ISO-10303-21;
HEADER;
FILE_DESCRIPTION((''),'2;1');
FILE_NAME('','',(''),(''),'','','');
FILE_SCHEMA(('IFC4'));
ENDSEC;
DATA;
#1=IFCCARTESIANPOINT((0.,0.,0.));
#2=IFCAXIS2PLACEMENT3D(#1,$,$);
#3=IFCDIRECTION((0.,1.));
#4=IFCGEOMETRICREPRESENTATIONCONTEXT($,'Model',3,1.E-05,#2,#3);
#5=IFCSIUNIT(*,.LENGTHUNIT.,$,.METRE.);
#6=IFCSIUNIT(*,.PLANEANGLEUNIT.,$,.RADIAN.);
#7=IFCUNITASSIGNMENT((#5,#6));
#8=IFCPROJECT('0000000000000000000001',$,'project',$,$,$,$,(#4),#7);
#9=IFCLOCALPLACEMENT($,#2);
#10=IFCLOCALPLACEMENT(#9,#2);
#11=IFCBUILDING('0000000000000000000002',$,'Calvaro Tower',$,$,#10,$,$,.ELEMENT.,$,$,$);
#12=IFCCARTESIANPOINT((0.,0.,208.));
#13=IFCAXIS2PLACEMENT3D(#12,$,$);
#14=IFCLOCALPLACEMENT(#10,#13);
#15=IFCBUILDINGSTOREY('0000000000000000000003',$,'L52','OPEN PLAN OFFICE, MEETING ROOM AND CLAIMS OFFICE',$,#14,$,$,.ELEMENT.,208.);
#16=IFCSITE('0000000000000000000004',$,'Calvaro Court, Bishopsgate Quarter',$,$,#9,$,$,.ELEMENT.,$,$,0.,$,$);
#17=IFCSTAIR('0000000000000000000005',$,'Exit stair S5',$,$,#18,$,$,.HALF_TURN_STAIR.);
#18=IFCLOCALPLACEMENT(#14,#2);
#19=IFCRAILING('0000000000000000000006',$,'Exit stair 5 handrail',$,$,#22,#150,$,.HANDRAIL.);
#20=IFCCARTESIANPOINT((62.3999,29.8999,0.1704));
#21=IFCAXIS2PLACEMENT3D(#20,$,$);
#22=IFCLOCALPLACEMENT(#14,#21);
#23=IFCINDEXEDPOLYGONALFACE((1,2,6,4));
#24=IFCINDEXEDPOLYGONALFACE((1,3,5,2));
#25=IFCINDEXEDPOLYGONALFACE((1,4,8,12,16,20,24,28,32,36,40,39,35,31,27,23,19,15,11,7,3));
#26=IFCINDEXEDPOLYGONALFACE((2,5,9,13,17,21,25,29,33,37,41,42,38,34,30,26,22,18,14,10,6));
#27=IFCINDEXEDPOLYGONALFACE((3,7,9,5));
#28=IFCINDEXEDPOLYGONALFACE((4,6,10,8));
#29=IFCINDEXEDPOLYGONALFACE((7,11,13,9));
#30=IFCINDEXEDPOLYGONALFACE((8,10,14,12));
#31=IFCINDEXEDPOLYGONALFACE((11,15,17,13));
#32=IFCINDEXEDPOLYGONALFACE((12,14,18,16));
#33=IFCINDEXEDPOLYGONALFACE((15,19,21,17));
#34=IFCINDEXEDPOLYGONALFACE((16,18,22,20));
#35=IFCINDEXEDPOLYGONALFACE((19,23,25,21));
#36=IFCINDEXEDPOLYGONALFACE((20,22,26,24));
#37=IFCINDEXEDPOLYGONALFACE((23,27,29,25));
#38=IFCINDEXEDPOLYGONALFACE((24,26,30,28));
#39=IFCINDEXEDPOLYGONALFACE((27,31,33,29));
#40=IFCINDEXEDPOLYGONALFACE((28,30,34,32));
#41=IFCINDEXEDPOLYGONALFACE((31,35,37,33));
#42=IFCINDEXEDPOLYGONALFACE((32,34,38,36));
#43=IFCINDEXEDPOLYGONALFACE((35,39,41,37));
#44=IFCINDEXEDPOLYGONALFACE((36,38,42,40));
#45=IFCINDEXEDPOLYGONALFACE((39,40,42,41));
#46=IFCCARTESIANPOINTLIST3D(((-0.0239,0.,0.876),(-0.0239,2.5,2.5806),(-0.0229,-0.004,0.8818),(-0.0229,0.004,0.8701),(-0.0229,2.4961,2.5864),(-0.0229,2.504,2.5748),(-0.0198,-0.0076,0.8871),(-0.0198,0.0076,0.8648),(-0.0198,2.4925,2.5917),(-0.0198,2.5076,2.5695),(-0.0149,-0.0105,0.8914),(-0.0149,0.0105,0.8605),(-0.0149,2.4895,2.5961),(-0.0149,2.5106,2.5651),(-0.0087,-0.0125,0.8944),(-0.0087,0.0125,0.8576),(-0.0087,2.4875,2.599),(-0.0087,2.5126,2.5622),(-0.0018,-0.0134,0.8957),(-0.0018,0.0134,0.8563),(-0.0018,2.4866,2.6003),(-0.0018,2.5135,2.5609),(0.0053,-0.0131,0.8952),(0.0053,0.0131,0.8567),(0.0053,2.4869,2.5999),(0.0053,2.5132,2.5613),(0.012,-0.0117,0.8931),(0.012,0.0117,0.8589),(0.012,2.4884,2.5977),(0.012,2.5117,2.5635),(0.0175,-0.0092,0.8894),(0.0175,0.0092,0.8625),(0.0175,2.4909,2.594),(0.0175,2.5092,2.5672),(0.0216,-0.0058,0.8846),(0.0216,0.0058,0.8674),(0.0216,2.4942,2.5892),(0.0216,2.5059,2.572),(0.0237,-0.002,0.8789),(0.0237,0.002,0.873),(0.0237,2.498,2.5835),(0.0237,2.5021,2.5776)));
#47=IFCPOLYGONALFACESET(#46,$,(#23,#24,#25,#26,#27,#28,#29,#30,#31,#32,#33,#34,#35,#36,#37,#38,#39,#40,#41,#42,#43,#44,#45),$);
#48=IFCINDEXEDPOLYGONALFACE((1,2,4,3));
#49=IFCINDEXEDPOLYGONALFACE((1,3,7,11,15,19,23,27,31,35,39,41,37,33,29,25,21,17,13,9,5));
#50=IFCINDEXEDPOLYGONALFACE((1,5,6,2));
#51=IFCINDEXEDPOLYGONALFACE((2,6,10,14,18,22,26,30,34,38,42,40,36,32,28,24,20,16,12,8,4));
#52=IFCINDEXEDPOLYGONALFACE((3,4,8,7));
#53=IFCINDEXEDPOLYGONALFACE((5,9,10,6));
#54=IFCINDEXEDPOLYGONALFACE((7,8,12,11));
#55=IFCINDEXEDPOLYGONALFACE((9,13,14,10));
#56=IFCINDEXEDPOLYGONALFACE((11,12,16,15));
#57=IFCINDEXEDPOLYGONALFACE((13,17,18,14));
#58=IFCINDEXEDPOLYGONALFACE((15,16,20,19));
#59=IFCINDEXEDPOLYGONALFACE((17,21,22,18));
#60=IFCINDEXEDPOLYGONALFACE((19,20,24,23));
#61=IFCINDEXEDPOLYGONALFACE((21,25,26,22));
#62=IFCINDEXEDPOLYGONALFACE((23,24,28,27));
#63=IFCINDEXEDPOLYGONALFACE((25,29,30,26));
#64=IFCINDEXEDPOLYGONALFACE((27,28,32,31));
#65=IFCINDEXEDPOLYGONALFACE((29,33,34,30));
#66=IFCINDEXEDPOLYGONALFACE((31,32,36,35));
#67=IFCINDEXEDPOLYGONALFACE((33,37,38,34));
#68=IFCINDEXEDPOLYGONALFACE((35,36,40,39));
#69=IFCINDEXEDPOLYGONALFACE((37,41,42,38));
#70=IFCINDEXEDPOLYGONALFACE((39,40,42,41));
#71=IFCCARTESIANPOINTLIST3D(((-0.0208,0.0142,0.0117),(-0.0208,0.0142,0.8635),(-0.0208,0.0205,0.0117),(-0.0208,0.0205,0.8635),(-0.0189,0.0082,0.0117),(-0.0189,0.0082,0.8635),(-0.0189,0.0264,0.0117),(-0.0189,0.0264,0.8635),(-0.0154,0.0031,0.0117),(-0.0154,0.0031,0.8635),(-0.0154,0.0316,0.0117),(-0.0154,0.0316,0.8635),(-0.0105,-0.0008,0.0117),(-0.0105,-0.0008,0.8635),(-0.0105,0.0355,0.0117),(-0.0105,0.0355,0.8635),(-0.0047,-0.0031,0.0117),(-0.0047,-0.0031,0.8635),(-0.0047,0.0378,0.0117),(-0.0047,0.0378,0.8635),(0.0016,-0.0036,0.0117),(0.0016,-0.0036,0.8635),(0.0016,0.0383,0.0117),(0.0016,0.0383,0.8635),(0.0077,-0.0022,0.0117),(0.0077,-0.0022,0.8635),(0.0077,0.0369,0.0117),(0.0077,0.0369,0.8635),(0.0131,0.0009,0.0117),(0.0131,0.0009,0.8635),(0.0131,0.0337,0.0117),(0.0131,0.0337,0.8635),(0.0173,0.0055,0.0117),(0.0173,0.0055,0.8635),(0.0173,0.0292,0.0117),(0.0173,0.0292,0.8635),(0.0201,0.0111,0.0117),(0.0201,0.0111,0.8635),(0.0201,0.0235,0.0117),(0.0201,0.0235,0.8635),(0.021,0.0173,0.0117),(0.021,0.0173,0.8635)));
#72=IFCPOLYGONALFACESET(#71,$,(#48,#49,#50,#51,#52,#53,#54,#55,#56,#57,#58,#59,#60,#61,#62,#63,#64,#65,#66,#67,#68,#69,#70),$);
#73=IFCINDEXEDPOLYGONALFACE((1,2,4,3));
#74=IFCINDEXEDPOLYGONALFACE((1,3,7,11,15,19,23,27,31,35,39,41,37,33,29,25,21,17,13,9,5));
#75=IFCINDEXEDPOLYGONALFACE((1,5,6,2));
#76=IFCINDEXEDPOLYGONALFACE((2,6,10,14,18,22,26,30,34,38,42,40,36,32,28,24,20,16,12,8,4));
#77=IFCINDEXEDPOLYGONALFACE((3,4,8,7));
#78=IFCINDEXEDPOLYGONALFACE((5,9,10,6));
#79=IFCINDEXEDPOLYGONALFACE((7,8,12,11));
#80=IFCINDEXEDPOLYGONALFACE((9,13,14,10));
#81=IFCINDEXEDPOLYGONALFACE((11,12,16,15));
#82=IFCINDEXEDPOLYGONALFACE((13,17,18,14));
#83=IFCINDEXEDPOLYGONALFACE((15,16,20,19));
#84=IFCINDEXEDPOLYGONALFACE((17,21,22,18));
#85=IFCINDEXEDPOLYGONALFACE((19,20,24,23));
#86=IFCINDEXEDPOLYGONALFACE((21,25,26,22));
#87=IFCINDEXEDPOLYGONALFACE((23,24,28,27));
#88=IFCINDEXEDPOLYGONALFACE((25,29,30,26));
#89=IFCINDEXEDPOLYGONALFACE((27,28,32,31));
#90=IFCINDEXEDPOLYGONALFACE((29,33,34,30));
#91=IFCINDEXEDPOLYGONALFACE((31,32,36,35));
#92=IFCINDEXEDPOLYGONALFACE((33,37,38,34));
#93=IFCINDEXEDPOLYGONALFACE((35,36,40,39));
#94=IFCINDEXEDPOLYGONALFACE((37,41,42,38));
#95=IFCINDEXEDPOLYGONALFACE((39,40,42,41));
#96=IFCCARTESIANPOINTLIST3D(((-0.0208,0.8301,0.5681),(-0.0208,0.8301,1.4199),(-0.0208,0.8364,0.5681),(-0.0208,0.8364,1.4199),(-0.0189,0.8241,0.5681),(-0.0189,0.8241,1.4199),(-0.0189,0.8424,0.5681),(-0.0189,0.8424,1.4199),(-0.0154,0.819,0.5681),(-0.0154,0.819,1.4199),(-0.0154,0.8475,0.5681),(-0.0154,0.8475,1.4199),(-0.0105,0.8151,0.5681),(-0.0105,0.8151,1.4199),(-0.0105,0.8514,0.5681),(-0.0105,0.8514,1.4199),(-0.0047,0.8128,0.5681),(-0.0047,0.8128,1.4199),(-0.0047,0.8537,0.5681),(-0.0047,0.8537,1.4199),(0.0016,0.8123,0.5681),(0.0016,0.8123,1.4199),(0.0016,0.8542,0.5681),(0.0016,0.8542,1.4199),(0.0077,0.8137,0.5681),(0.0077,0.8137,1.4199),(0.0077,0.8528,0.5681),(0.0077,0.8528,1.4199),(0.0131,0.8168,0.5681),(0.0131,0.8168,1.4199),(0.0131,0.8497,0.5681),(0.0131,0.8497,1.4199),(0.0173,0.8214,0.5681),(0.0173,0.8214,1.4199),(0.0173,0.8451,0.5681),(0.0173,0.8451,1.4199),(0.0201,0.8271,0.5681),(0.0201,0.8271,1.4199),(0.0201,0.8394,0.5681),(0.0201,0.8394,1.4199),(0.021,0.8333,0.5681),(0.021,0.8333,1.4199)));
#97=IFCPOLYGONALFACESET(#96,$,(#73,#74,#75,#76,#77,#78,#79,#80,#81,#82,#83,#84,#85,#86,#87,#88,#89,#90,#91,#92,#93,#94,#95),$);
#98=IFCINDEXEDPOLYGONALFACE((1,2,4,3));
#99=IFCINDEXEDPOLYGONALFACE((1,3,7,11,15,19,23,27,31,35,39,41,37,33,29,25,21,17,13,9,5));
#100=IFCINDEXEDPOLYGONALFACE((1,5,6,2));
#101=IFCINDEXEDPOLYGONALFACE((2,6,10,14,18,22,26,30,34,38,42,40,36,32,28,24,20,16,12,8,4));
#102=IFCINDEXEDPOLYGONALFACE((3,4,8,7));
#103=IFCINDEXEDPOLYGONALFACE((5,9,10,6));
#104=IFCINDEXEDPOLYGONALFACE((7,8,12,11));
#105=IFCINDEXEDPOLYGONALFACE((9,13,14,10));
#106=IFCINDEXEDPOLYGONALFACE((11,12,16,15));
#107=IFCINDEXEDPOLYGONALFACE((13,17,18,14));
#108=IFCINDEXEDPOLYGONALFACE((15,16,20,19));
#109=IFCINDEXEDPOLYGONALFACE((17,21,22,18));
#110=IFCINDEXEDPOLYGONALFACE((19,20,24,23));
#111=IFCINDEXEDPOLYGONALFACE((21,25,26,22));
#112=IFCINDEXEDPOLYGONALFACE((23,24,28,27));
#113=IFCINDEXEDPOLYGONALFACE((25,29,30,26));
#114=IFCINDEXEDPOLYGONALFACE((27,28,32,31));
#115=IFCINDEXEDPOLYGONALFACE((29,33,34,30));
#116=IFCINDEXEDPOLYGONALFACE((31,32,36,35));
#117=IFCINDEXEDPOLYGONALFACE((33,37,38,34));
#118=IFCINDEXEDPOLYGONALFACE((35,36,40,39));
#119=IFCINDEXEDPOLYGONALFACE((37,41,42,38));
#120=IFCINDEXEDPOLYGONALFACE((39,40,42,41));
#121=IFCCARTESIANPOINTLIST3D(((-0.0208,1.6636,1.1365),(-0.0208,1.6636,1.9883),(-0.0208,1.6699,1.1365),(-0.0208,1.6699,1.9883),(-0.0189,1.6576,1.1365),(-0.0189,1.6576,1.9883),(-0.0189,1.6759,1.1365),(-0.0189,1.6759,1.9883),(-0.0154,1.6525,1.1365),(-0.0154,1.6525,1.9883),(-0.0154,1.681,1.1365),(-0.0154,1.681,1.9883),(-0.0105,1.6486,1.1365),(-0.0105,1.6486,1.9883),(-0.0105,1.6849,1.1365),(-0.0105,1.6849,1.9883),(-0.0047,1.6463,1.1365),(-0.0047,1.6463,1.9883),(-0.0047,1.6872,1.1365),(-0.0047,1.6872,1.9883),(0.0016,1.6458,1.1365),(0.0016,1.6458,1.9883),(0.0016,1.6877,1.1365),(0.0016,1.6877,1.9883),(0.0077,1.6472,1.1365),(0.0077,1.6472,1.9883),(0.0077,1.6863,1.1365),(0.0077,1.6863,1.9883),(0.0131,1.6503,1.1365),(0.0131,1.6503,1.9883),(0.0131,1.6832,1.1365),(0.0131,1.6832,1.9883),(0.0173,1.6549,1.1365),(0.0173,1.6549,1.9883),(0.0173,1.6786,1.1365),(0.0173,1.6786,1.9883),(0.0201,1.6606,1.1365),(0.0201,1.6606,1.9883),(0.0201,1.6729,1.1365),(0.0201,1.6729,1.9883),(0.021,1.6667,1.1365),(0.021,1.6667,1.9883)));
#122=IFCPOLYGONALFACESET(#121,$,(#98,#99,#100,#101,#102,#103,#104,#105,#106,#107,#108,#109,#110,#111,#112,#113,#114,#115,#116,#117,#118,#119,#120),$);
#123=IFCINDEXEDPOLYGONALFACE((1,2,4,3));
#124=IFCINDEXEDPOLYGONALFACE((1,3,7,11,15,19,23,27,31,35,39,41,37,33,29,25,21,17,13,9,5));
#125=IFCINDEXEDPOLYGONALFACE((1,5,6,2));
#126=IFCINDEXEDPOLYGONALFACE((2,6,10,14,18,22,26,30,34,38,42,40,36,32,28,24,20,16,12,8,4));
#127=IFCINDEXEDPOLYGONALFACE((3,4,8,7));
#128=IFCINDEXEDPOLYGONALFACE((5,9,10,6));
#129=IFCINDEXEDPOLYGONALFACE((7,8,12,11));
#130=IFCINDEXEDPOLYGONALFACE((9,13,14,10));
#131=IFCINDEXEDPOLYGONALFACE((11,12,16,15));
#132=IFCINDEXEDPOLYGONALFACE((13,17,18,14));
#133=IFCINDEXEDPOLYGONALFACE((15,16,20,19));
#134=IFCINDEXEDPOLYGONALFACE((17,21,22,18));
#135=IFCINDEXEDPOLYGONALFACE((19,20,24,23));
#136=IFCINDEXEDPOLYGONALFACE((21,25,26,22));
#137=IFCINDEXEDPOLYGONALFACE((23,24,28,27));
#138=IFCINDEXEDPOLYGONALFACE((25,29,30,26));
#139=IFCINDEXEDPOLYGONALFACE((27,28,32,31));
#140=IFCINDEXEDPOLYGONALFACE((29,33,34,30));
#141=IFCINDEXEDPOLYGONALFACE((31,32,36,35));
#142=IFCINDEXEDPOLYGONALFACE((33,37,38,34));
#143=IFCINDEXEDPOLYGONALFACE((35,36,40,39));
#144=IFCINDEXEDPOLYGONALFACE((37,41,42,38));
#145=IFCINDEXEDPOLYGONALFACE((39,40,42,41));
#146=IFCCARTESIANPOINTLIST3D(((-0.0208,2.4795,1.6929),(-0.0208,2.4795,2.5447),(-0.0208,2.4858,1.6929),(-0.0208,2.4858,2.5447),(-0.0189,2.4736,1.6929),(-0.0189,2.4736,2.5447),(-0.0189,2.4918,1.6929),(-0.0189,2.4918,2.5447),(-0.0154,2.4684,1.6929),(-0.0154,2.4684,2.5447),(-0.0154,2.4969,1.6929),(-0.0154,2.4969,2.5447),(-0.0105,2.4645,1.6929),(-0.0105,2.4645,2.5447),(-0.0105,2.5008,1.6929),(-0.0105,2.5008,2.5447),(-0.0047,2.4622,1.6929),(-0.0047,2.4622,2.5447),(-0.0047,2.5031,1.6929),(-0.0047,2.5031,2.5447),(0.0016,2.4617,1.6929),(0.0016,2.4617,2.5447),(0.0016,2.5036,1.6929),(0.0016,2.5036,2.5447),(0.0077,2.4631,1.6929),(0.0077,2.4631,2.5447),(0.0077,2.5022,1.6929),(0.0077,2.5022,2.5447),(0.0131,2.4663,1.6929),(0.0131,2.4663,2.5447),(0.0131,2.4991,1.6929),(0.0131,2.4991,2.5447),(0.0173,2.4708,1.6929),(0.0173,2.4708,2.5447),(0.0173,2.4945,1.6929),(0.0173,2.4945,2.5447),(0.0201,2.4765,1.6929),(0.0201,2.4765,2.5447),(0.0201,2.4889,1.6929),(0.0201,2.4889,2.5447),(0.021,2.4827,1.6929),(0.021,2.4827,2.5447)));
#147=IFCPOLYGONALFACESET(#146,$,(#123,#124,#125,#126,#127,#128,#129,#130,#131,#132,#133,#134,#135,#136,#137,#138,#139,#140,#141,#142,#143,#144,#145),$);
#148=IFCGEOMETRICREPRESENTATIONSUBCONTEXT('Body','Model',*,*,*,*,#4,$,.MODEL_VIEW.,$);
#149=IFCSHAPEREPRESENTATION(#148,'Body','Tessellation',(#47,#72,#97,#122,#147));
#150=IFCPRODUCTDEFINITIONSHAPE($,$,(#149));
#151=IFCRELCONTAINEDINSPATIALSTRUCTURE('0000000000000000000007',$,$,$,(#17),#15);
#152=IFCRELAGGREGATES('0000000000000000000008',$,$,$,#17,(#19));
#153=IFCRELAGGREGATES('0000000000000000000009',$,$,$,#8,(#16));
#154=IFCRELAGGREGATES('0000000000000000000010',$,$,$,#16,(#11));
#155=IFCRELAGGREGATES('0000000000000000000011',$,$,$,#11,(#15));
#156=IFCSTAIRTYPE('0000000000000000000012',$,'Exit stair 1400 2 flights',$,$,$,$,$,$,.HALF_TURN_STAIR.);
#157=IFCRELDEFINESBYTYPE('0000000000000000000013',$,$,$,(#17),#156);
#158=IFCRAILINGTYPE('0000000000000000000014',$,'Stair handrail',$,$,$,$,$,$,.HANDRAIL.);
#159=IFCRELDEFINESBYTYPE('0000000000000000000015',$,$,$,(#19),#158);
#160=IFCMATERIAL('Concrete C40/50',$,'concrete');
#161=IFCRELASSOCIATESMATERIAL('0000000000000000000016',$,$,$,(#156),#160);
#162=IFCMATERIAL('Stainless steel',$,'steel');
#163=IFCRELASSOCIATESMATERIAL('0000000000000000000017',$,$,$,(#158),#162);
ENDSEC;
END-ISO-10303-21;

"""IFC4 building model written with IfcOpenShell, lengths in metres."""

from ifc_helpers import new_model, si_unit, direction, frame, origin, origin_2d, place, context, subcontext, project, spatial, circle, extrude, material, type_object, element, aggregate, save


model = new_model("IFC4")

# Units and contexts
model_context = context("Model", 3, precision=1e-05, world=origin(), true_north=direction((0.0, 1.0)))
body_context = subcontext(model_context, "Body", "Model", "MODEL_VIEW")
ifc_project = project(units=[si_unit("LENGTHUNIT", "METRE"), si_unit("PLANEANGLEUNIT", "RADIAN")], contexts=[model_context])

# Site, building, storey
site_placement = place(None, origin())
site = spatial("IfcSite", under=ifc_project, at=site_placement, Name="Calvaro Court, Bishopsgate Quarter", CompositionType="ELEMENT", RefElevation=0.0)
building_placement = place(site_placement, origin())
building = spatial("IfcBuilding", under=site, at=building_placement, Name="Calvaro Tower", CompositionType="ELEMENT")
storey_placement = place(building_placement, frame((0.0, 0.0, 208.0)))
storey = spatial("IfcBuildingStorey", under=building, at=storey_placement, Name="L52", Description="OPEN PLAN OFFICE, MEETING ROOM AND CLAIMS OFFICE", CompositionType="ELEMENT", Elevation=208.0)

# Stair
ifc_material_1 = material(Name="Concrete C40/50", Category="concrete")
stair_type = type_object("IfcStairType", Name="Exit stair 1400 2 flights", PredefinedType="HALF_TURN_STAIR", material=ifc_material_1)
stair_1_placement = place(storey_placement, origin())
stair_1 = element("IfcStair", 1, at=stair_1_placement, inside=storey, type_object=stair_type, Name="Exit stair S5", PredefinedType="HALF_TURN_STAIR")

# Railing
ifc_material_2 = material(Name="Stainless steel", Category="steel")
railing_type = type_object("IfcRailingType", Name="Stair handrail", PredefinedType="HANDRAIL", material=ifc_material_2)
railing_1_placement = place(storey_placement, frame((62.3999, 29.8999, 0.1704)))
railing_1 = element("IfcRailing", 2, at=railing_1_placement, type_object=railing_type, Name="Exit stair 5 handrail", PredefinedType="HANDRAIL", context=body_context, shape_type="SweptSolid", body=[
    extrude(circle(Radius=0.0239, at=origin_2d()), frame((0.0, 0.0, 0.876), z_axis=(0.0, 0.826221, 0.563347), x_axis=(-1.0, 0.0, 0.0)), (0.0, 0.0, 1.0), 3.0259),
    extrude(circle(Radius=0.021, at=origin_2d()), frame((0.0, 0.0173, 0.0117)), (0.0, 0.0, 1.0), 0.8518),
    extrude(circle(Radius=0.021, at=origin_2d()), frame((0.0, 0.8333, 0.5681)), (0.0, 0.0, 1.0), 0.8518),
    extrude(circle(Radius=0.021, at=origin_2d()), frame((0.0, 1.6667, 1.1365)), (0.0, 0.0, 1.0), 0.8518),
    extrude(circle(Radius=0.021, at=origin_2d()), frame((0.0, 2.4827, 1.6929)), (0.0, 0.0, 1.0), 0.8518),
])
aggregate(stair_1, [railing_1])

save(model, "model.ifc")
